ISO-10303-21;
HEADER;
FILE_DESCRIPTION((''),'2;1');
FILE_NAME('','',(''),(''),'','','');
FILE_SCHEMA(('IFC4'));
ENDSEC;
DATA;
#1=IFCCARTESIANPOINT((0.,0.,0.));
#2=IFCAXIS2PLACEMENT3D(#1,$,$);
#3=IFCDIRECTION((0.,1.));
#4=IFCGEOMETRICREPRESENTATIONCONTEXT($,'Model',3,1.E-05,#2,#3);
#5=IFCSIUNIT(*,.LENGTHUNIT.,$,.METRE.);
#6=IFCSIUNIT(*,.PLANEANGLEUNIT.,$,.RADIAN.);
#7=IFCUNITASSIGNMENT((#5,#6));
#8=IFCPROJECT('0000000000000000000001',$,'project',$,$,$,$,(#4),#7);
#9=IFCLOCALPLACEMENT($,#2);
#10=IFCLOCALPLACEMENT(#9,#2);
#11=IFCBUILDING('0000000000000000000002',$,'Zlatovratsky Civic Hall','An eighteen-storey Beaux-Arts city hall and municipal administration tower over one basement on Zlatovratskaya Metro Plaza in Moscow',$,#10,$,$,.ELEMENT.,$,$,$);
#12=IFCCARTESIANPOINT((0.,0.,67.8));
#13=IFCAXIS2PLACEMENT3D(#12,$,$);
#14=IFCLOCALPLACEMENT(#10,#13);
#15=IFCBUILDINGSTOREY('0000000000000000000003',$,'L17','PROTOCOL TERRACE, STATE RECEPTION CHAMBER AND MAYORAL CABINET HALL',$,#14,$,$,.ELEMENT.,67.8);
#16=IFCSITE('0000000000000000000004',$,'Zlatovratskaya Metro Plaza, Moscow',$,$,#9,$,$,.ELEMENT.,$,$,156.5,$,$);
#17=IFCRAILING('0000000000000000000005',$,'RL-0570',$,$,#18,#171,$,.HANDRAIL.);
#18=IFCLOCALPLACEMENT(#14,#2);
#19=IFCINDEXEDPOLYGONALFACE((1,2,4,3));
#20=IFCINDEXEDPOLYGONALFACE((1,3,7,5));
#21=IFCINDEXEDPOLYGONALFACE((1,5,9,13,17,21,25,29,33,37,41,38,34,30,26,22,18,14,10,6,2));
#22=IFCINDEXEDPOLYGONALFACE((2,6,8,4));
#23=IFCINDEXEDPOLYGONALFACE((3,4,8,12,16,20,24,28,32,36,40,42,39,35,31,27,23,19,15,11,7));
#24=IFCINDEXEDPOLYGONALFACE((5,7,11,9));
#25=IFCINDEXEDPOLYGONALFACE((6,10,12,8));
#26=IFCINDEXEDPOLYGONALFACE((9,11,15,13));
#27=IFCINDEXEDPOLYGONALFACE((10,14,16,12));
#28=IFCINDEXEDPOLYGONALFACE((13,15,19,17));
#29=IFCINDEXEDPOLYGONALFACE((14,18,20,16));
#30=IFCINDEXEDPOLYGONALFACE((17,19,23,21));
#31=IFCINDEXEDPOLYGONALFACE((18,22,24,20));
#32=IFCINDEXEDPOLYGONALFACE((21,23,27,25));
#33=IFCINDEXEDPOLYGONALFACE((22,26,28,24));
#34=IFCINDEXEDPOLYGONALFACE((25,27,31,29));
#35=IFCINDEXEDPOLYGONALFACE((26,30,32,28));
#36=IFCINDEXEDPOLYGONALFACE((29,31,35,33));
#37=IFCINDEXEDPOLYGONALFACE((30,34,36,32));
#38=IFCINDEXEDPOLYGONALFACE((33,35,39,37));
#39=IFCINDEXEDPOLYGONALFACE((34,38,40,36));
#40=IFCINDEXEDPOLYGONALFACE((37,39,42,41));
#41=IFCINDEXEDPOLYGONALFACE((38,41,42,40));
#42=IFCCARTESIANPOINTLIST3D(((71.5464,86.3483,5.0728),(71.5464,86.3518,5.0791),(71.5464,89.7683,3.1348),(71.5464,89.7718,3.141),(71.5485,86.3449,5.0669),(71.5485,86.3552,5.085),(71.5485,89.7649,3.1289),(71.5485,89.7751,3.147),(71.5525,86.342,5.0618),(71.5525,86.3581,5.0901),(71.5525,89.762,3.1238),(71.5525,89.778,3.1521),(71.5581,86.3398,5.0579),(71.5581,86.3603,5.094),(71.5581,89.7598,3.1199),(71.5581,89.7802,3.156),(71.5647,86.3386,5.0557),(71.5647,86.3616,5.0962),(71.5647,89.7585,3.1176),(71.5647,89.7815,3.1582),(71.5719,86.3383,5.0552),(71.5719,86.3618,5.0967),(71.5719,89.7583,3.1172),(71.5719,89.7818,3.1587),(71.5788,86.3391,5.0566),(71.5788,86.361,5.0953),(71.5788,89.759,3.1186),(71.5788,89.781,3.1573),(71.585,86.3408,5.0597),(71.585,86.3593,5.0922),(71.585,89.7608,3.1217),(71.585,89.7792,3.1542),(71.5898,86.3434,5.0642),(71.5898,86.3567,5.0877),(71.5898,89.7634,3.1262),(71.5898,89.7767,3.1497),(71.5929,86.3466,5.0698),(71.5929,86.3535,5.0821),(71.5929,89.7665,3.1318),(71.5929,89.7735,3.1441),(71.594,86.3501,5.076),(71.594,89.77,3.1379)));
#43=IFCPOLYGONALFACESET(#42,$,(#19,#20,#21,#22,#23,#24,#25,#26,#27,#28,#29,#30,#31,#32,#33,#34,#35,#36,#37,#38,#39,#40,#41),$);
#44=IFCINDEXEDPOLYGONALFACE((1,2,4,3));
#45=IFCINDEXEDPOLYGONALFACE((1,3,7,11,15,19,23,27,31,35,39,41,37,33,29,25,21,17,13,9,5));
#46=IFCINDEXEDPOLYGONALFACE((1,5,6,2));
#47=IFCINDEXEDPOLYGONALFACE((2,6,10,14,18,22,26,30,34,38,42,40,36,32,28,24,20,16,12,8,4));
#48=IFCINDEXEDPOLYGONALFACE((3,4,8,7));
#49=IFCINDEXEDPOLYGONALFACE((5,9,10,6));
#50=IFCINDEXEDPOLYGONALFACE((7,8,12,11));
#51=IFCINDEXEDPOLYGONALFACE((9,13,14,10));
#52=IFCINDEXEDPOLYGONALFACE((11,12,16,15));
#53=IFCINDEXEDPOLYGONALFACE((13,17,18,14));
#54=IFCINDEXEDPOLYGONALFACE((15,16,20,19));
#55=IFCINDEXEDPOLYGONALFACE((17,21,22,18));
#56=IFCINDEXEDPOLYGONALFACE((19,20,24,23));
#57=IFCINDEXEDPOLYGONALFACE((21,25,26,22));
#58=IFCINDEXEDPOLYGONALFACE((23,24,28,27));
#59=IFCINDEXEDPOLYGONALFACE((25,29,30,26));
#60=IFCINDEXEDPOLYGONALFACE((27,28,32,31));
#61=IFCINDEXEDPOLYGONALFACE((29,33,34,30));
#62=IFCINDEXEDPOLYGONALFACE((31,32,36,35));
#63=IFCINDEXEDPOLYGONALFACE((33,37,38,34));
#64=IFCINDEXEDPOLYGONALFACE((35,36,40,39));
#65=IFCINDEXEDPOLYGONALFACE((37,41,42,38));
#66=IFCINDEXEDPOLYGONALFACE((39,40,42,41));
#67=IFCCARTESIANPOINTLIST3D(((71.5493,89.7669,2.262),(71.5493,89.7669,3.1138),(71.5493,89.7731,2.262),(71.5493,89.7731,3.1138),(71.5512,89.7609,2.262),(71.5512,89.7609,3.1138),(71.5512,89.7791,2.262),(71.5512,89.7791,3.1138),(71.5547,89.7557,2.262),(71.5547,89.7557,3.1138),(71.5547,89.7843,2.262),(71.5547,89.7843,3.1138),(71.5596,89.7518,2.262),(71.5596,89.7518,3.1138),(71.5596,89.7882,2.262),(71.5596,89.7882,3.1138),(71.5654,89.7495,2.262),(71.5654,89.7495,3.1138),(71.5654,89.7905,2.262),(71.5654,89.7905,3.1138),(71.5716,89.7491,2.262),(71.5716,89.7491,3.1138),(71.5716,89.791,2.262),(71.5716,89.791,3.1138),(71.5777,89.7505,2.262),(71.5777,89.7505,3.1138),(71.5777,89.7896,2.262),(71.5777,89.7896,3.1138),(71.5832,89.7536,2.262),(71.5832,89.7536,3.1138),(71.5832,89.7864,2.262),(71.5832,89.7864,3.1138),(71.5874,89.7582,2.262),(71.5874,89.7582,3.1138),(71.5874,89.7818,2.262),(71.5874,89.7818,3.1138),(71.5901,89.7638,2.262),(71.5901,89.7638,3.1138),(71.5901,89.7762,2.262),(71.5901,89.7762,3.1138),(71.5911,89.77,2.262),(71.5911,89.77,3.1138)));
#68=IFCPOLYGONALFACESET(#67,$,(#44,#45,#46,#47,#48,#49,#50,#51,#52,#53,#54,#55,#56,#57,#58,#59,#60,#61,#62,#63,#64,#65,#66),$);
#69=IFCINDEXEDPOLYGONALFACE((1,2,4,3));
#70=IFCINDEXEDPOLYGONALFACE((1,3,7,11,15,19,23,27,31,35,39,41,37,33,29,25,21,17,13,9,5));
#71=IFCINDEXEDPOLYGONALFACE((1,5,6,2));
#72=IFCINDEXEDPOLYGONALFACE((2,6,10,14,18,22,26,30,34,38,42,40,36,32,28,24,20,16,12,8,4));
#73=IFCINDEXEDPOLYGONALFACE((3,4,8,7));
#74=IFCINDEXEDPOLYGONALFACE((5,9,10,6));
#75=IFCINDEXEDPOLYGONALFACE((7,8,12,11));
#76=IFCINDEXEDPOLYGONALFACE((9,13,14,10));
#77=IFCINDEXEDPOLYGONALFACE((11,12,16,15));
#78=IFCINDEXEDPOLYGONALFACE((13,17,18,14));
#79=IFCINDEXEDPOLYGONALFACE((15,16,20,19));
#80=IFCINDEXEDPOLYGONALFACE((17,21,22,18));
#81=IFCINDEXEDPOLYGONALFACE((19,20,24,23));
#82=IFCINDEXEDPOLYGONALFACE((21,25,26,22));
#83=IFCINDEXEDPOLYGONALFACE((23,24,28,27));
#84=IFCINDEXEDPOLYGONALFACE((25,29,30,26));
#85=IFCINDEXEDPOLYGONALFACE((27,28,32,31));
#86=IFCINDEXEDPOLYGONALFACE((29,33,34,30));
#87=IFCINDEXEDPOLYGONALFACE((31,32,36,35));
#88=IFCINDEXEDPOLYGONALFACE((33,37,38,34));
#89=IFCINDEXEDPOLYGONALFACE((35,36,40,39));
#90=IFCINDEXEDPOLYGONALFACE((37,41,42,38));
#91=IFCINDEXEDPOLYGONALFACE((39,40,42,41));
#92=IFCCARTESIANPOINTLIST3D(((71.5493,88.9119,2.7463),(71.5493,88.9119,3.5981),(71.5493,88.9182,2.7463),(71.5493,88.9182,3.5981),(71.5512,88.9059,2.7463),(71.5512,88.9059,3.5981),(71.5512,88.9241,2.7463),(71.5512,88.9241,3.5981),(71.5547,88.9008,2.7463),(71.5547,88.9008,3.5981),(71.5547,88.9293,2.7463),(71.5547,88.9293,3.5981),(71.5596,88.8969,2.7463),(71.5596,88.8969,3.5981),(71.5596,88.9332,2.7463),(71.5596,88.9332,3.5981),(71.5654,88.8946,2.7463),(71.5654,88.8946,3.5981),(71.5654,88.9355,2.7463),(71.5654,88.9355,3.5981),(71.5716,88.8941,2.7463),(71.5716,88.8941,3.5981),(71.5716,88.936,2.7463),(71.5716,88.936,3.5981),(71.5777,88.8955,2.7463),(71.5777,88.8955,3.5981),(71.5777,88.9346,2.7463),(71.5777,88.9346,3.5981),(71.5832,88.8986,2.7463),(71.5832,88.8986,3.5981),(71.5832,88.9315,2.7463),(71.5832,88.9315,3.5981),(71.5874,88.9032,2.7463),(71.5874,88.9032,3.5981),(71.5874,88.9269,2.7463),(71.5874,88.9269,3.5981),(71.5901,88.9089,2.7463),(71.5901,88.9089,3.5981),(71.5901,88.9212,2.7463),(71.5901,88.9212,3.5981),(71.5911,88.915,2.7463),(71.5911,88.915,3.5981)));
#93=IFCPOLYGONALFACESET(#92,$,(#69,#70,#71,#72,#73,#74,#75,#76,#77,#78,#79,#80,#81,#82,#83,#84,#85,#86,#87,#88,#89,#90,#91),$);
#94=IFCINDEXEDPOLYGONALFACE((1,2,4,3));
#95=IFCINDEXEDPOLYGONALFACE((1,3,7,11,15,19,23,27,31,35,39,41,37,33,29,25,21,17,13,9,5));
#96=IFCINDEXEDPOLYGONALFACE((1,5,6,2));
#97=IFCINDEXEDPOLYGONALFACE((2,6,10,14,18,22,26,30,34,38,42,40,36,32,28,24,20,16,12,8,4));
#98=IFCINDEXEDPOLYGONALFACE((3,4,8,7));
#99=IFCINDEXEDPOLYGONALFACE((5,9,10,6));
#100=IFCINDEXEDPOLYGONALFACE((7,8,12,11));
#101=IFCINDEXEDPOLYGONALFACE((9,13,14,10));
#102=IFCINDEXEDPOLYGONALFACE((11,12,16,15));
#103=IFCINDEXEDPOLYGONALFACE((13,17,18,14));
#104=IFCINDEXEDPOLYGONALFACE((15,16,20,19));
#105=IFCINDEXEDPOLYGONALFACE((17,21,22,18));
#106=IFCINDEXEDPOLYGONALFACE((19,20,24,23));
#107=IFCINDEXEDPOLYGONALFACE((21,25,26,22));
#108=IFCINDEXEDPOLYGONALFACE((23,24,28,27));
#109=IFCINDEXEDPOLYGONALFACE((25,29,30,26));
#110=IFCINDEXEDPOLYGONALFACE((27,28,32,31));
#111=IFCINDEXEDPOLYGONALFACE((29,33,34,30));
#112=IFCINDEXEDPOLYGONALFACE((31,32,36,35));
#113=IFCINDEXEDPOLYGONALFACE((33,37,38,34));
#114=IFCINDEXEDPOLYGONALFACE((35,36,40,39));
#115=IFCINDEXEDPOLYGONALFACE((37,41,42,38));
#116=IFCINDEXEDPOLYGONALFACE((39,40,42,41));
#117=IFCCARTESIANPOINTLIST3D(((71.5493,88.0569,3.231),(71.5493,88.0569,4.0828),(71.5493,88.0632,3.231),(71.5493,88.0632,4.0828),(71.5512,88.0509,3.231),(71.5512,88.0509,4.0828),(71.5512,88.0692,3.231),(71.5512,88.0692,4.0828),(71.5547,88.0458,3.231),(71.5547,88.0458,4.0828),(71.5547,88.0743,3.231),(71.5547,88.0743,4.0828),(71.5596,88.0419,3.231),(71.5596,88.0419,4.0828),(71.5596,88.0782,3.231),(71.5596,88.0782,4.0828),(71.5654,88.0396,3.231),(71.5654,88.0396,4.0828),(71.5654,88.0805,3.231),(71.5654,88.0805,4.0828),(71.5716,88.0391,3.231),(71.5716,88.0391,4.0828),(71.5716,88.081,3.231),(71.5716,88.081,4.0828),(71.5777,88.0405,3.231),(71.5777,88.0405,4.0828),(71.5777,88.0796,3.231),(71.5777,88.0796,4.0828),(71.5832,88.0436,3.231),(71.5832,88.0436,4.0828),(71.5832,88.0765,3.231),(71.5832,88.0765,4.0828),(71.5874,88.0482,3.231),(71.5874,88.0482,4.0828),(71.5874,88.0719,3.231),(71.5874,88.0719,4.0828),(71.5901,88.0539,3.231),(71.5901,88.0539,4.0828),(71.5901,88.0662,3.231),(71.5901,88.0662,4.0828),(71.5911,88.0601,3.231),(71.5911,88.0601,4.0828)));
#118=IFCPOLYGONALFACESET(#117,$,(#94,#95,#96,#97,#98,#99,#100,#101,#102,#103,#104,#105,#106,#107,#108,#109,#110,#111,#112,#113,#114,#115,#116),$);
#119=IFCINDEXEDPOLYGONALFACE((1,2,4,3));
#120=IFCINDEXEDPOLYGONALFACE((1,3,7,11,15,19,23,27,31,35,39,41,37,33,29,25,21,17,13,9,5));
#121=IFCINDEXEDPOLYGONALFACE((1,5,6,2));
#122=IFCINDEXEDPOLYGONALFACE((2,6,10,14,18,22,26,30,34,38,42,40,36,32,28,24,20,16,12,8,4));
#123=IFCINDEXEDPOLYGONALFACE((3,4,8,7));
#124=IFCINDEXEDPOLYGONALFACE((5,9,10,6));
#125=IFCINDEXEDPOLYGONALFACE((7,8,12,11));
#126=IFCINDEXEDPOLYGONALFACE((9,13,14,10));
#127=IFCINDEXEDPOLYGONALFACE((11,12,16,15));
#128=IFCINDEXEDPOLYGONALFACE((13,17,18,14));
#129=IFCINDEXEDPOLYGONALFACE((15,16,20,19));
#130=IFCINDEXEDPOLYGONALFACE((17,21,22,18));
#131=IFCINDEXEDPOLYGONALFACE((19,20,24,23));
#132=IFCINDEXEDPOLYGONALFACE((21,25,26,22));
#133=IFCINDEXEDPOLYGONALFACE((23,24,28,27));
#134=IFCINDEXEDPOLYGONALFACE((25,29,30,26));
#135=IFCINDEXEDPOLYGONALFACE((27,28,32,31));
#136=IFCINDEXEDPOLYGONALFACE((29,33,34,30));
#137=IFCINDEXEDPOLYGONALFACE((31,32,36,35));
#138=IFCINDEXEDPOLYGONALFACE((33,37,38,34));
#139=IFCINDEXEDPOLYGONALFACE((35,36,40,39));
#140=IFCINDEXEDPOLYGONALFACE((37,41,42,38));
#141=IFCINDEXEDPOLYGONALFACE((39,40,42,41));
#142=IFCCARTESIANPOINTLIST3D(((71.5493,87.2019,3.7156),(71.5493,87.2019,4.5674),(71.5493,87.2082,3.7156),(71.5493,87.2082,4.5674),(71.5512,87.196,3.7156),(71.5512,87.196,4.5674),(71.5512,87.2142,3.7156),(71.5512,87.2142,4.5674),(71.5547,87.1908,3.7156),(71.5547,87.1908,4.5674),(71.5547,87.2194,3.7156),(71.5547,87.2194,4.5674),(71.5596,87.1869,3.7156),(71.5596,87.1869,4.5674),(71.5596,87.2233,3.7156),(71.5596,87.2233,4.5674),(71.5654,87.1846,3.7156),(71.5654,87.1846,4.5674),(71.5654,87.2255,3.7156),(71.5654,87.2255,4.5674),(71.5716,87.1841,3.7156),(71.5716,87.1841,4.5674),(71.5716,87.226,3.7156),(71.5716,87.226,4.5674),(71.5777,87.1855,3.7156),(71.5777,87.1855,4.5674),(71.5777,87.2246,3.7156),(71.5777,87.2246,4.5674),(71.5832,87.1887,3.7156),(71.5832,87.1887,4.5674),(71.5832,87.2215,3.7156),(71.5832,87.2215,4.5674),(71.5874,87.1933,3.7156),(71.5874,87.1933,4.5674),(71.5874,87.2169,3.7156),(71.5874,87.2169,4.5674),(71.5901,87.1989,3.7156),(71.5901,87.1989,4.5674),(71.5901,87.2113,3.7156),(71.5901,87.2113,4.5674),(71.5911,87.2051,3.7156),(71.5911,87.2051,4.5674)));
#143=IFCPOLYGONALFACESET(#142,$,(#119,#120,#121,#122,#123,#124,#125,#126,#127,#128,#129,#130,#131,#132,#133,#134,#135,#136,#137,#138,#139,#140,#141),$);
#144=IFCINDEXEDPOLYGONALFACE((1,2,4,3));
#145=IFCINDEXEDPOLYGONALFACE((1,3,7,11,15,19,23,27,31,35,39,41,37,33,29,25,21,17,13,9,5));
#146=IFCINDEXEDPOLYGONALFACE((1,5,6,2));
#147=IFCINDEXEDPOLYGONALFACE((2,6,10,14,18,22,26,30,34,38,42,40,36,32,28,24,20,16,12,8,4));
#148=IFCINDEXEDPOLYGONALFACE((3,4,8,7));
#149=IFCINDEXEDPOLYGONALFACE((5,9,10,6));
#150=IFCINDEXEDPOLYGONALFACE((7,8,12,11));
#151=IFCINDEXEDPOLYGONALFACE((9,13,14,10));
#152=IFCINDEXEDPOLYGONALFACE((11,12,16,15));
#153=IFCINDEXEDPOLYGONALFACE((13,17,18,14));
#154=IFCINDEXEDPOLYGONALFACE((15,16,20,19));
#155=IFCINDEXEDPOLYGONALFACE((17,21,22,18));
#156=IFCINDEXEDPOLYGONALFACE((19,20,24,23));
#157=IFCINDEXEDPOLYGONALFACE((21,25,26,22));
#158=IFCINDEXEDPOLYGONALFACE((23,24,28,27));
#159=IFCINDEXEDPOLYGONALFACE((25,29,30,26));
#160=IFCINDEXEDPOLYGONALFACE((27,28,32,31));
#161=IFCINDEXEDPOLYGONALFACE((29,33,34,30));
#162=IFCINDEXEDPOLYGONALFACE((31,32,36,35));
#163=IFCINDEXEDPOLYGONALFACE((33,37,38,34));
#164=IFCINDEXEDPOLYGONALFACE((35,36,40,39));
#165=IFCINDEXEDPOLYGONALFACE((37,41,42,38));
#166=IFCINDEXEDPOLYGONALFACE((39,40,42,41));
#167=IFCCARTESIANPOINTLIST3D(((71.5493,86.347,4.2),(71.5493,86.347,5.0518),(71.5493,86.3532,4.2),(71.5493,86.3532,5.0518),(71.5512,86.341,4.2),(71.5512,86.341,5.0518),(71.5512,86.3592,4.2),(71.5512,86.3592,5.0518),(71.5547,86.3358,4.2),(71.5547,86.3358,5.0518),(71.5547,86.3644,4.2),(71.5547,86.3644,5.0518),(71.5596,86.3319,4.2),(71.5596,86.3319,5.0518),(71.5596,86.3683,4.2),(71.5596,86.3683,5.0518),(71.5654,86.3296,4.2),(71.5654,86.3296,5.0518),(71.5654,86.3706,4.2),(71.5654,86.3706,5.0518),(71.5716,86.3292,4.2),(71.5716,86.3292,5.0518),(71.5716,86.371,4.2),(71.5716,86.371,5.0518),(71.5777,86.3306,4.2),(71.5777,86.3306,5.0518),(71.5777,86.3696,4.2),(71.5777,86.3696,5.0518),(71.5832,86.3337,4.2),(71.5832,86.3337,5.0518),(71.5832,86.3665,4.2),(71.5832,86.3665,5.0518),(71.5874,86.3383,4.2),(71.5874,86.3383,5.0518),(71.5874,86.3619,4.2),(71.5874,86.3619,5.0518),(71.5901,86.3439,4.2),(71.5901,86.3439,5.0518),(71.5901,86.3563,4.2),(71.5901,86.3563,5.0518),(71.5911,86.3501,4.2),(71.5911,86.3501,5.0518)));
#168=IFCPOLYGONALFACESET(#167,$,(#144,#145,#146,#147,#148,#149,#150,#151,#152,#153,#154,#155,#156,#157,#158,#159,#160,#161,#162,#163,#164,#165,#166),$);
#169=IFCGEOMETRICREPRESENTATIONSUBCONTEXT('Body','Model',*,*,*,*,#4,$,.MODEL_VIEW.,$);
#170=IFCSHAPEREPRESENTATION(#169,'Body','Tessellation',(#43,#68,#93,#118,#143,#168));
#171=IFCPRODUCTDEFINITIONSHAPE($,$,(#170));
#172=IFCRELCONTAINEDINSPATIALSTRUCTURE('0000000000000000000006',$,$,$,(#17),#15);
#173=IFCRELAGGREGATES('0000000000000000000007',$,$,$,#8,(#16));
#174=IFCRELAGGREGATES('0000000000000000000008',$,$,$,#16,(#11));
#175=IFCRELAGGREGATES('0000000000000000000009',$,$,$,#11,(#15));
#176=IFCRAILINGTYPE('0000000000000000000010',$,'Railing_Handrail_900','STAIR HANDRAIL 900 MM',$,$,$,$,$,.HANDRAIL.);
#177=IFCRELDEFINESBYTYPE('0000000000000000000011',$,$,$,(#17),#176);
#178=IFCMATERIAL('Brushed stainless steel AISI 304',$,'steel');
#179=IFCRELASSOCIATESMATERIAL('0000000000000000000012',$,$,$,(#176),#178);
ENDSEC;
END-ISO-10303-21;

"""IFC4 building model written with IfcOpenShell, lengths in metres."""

from ifc_helpers import new_model, si_unit, direction, frame, origin, origin_2d, place, context, subcontext, project, spatial, circle, extrude, material, type_object, element, save


model = new_model("IFC4")

# Units and contexts
model_context = context("Model", 3, precision=1e-05, world=origin(), true_north=direction((0.0, 1.0)))
body_context = subcontext(model_context, "Body", "Model", "MODEL_VIEW")
ifc_project = project(units=[si_unit("LENGTHUNIT", "METRE"), si_unit("PLANEANGLEUNIT", "RADIAN")], contexts=[model_context])

# Site, building, storey
site_placement = place(None, origin())
site = spatial("IfcSite", under=ifc_project, at=site_placement, Name="Zlatovratskaya Metro Plaza, Moscow", CompositionType="ELEMENT", RefElevation=156.5)
building_placement = place(site_placement, origin())
building = spatial("IfcBuilding", under=site, at=building_placement, Name="Zlatovratsky Civic Hall", Description="An eighteen-storey Beaux-Arts city hall and municipal administration tower over one basement on Zlatovratskaya Metro Plaza in Moscow", CompositionType="ELEMENT")
storey_placement = place(building_placement, frame((0.0, 0.0, 67.8)))
storey = spatial("IfcBuildingStorey", under=building, at=storey_placement, Name="L17", Description="PROTOCOL TERRACE, STATE RECEPTION CHAMBER AND MAYORAL CABINET HALL", CompositionType="ELEMENT", Elevation=67.8)

# Railing
ifc_material_1 = material(Name="Brushed stainless steel AISI 304", Category="steel")
railing_type = type_object("IfcRailingType", Name="Railing_Handrail_900", Description="STAIR HANDRAIL 900 MM", PredefinedType="HANDRAIL", material=ifc_material_1)
railing_placement = place(storey_placement, frame((71.5701, 89.77, 2.262)))
element("IfcRailing", 1, at=railing_placement, inside=storey, type_object=railing_type, Name="RL-0570", PredefinedType="HANDRAIL", context=body_context, shape_type="SweptSolid", body=[
    extrude(circle(Radius=0.0239, at=origin_2d()), frame((0.0, 0.0, 0.876), z_axis=(0.0, -0.870019, 0.493019), x_axis=(1.0, 0.0, 0.0)), (0.0, 0.0, 1.0), 3.9309),
    extrude(circle(Radius=0.021, at=origin_2d()), origin(), (0.0, 0.0, 1.0), 0.8518),
    extrude(circle(Radius=0.021, at=origin_2d()), frame((0.0, -0.855, 0.4844)), (0.0, 0.0, 1.0), 0.8518),
    extrude(circle(Radius=0.021, at=origin_2d()), frame((0.0, -1.71, 0.969)), (0.0, 0.0, 1.0), 0.8518),
    extrude(circle(Radius=0.021, at=origin_2d()), frame((0.0, -2.5649, 1.4536)), (0.0, 0.0, 1.0), 0.8518),
    extrude(circle(Radius=0.021, at=origin_2d()), frame((0.0, -3.4199, 1.938)), (0.0, 0.0, 1.0), 0.8518),
])

save(model, "model.ifc")
